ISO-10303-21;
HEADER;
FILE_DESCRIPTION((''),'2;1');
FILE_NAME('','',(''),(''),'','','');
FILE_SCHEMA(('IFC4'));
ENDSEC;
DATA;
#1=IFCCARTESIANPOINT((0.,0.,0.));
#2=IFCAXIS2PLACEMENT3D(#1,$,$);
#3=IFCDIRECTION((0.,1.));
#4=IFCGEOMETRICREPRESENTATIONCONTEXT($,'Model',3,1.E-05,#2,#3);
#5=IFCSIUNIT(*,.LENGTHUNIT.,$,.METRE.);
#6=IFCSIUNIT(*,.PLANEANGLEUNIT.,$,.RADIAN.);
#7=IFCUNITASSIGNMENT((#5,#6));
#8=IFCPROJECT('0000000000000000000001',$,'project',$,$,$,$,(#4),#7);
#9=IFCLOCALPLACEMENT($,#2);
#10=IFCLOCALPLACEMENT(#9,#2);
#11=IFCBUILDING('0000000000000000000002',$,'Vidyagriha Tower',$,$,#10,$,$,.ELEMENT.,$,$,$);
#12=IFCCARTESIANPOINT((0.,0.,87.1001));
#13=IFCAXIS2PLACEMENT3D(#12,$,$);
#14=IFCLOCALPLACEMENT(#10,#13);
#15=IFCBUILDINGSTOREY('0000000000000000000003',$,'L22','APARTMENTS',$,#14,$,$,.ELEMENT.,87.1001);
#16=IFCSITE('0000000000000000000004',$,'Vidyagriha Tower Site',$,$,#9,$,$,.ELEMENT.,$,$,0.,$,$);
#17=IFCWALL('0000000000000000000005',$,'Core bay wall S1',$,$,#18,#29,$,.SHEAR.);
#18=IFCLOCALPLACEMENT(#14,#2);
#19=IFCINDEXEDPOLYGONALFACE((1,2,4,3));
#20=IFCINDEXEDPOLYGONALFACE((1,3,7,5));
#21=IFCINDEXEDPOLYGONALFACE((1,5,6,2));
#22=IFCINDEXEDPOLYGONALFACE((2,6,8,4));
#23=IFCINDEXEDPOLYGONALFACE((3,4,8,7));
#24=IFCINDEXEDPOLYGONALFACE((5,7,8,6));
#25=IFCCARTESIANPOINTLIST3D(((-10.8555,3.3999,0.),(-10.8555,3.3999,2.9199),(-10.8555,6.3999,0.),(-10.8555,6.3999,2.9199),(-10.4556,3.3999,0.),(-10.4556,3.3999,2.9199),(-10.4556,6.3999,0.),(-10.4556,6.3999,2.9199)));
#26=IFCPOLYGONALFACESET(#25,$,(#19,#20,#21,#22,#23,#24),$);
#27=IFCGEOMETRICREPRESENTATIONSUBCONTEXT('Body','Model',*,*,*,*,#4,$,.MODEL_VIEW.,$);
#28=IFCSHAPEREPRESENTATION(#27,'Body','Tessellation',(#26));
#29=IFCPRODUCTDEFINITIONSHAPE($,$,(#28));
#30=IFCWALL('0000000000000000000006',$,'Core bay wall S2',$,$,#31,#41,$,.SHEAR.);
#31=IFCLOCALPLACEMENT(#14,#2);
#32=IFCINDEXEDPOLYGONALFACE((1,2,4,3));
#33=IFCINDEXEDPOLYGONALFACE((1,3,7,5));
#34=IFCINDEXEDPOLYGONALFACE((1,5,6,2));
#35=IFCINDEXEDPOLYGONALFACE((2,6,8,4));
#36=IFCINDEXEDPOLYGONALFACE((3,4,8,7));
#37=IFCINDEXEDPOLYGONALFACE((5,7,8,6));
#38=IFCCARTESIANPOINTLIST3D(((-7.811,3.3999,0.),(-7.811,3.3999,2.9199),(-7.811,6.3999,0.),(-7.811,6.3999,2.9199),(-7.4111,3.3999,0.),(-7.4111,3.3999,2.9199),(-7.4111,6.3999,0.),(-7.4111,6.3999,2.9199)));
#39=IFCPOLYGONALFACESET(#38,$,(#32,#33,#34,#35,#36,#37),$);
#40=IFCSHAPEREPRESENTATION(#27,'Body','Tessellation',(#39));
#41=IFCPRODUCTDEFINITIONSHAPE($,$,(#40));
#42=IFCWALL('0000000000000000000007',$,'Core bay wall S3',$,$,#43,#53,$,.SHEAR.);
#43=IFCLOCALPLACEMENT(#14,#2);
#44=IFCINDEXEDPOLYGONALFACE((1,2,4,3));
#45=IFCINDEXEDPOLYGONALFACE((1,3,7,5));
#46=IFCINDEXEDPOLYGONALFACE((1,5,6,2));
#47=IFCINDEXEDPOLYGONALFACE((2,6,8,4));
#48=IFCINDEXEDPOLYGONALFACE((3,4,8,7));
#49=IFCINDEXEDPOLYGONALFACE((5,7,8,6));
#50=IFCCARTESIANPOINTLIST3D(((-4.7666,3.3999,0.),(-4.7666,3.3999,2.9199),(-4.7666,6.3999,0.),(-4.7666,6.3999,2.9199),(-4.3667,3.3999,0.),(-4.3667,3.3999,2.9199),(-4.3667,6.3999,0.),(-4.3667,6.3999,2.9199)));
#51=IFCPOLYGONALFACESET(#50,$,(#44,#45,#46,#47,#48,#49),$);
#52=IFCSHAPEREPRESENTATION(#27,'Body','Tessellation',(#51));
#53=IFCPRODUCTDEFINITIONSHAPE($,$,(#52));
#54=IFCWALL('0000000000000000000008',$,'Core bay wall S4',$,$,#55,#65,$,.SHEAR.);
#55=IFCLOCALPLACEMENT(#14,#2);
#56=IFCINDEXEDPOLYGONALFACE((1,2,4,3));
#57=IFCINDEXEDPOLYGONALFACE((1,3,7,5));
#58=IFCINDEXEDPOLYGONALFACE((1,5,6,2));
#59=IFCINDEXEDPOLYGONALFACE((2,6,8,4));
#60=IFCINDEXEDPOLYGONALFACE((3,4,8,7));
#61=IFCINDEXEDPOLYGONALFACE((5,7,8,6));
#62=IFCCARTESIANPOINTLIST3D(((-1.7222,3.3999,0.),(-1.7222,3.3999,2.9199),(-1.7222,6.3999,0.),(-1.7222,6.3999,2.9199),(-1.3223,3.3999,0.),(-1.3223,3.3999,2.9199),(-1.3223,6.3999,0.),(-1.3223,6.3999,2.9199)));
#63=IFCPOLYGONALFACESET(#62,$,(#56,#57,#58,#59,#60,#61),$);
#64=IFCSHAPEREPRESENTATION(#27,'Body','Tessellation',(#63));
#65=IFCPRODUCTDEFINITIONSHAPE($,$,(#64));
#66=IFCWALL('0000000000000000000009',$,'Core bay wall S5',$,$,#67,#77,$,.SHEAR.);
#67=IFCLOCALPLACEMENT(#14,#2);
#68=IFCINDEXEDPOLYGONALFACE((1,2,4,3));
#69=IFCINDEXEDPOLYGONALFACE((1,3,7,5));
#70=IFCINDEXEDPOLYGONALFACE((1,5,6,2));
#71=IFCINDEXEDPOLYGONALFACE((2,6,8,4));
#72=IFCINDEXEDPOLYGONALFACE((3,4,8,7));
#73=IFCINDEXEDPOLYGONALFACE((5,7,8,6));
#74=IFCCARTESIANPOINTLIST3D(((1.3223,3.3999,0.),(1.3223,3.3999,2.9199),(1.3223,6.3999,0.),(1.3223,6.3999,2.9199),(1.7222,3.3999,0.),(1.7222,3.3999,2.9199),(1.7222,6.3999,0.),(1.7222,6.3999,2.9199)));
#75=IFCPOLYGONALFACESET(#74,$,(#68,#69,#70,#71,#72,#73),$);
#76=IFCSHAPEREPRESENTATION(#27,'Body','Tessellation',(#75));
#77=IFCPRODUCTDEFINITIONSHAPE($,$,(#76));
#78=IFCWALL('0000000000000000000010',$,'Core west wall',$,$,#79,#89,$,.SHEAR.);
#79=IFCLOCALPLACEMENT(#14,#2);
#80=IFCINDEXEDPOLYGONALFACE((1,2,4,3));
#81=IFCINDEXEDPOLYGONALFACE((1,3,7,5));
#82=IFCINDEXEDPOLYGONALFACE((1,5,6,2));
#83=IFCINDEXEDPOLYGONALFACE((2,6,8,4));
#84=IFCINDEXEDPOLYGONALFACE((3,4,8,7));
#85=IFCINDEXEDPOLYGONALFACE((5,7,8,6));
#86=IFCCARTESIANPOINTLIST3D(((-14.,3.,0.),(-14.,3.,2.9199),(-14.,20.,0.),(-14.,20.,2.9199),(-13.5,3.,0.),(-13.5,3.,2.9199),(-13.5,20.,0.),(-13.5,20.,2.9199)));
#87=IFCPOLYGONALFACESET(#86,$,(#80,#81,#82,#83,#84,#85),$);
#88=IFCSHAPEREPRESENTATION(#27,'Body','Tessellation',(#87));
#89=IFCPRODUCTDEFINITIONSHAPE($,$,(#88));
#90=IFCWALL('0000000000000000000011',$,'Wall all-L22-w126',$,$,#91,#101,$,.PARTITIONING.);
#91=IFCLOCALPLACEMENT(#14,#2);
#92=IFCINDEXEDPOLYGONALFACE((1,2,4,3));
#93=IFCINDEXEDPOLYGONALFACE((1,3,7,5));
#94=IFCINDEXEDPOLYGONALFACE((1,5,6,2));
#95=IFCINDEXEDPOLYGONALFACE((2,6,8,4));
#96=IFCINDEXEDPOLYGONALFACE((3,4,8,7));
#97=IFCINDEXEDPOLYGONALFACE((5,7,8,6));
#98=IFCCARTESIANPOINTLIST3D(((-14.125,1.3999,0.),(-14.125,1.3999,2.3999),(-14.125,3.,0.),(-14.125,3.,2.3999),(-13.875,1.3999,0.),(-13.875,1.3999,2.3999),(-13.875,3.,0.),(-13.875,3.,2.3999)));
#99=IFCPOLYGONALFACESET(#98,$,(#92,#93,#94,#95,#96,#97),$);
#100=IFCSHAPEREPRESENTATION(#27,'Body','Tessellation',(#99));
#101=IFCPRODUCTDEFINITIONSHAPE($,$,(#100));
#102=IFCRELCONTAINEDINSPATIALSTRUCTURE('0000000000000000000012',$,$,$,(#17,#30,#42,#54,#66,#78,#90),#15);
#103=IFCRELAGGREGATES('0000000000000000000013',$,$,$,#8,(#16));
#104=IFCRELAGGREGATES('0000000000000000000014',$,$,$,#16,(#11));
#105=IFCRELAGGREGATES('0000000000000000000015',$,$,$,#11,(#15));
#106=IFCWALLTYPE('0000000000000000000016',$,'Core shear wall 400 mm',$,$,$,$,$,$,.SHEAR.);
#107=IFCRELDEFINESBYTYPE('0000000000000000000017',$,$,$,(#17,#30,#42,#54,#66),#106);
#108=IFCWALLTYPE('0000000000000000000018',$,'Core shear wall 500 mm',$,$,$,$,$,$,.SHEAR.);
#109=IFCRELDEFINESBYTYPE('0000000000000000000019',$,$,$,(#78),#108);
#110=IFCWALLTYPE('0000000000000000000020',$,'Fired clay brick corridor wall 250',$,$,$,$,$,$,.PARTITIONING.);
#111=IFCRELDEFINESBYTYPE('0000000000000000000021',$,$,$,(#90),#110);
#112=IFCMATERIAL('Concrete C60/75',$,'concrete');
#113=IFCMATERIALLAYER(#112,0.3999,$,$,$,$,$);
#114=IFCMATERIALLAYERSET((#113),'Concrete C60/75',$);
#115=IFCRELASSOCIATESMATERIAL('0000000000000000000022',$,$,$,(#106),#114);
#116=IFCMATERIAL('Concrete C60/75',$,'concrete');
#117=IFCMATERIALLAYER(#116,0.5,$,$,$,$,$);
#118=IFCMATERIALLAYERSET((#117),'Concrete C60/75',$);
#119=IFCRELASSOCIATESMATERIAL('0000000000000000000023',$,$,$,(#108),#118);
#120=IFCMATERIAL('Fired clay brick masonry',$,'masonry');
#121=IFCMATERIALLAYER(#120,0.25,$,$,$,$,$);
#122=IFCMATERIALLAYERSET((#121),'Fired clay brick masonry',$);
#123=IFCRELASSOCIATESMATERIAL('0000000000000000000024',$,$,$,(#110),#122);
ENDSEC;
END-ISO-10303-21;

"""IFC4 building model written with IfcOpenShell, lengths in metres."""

from ifc_helpers import new_model, si_unit, direction, frame, frame_2d, origin, place, context, subcontext, project, spatial, rectangle, extrude, material, layer, layer_set, type_object, element, save


model = new_model("IFC4")

# Units and contexts
model_context = context("Model", 3, precision=1e-05, world=origin(), true_north=direction((0.0, 1.0)))
body_context = subcontext(model_context, "Body", "Model", "MODEL_VIEW")
ifc_project = project(units=[si_unit("LENGTHUNIT", "METRE"), si_unit("PLANEANGLEUNIT", "RADIAN")], contexts=[model_context])

# Site, building, storey
site_placement = place(None, origin())
site = spatial("IfcSite", under=ifc_project, at=site_placement, Name="Vidyagriha Tower Site", CompositionType="ELEMENT", RefElevation=0.0)
building_placement = place(site_placement, origin())
building = spatial("IfcBuilding", under=site, at=building_placement, Name="Vidyagriha Tower", CompositionType="ELEMENT")
storey_placement = place(building_placement, frame((0.0, 0.0, 87.1001)))
storey = spatial("IfcBuildingStorey", under=building, at=storey_placement, Name="L22", Description="APARTMENTS", CompositionType="ELEMENT", Elevation=87.1001)

# Shared definitions
ifc_material_1 = material(Name="Concrete C60/75", Category="concrete")
ifc_layer_1 = layer(ifc_material_1, 0.3999)
ifc_layer_set_1 = layer_set([ifc_layer_1], Name="Concrete C60/75")
wall_type_1 = type_object("IfcWallType", Name="Core shear wall 400 mm", PredefinedType="SHEAR", material=ifc_layer_set_1)

# Walls
for number, where, z_axis, x_axis, name in (
    (1, (-10.6555, 3.3999, 0.0), (0.0, 0.0, 1.0), (0.0, 1.0, 0.0), "Core bay wall S1"),
    (2, (-7.6111, 3.3999, 0.0), (0.0, 0.0, 1.0), (0.0, 1.0, 0.0), "Core bay wall S2"),
    (3, (-4.5667, 3.3999, 0.0), (0.0, 0.0, 1.0), (0.0, 1.0, 0.0), "Core bay wall S3"),
    (4, (-1.5222, 3.3999, 0.0), (0.0, 0.0, 1.0), (0.0, 1.0, 0.0), "Core bay wall S4"),
    (5, (1.5222, 3.3999, 0.0), (0.0, 0.0, 1.0), (0.0, 1.0, 0.0), "Core bay wall S5"),
):
    element("IfcWall", number, at=place(storey_placement, frame(where, z_axis=z_axis, x_axis=x_axis)), inside=storey, type_object=wall_type_1, Name=name, PredefinedType="SHEAR", context=body_context, shape_type="SweptSolid", body=[
        extrude(rectangle(XDim=3.0, YDim=0.3999, at=frame_2d((1.5, 0.0))), origin(), (0.0, 0.0, 1.0), 2.9199),
    ])
ifc_material_2 = material(Name="Concrete C60/75", Category="concrete")
ifc_layer_2 = layer(ifc_material_2, 0.5)
ifc_layer_set_2 = layer_set([ifc_layer_2], Name="Concrete C60/75")
wall_type_2 = type_object("IfcWallType", Name="Core shear wall 500 mm", PredefinedType="SHEAR", material=ifc_layer_set_2)
wall_1_placement = place(storey_placement, frame((-13.75, 3.0, 0.0), z_axis=(0.0, 0.0, 1.0), x_axis=(0.0, 1.0, 0.0)))
element("IfcWall", 6, at=wall_1_placement, inside=storey, type_object=wall_type_2, Name="Core west wall", PredefinedType="SHEAR", context=body_context, shape_type="SweptSolid", body=[
    extrude(rectangle(XDim=17.0, YDim=0.5, at=frame_2d((8.5, 0.0))), origin(), (0.0, 0.0, 1.0), 2.9199),
])
ifc_material_3 = material(Name="Fired clay brick masonry", Category="masonry")
ifc_layer_3 = layer(ifc_material_3, 0.25)
ifc_layer_set_3 = layer_set([ifc_layer_3], Name="Fired clay brick masonry")
wall_type_3 = type_object("IfcWallType", Name="Fired clay brick corridor wall 250", PredefinedType="PARTITIONING", material=ifc_layer_set_3)
wall_2_placement = place(storey_placement, frame((-14.0, 3.0, 0.0), z_axis=(0.0, 0.0, 1.0), x_axis=(0.0, -1.0, 0.0)))
element("IfcWall", 7, at=wall_2_placement, inside=storey, type_object=wall_type_3, Name="Wall all-L22-w126", PredefinedType="PARTITIONING", context=body_context, shape_type="SweptSolid", body=[
    extrude(rectangle(XDim=1.6001, YDim=0.25, at=frame_2d((0.8, 0.0))), origin(), (0.0, 0.0, 1.0), 2.3999),
])

save(model, "model.ifc")
